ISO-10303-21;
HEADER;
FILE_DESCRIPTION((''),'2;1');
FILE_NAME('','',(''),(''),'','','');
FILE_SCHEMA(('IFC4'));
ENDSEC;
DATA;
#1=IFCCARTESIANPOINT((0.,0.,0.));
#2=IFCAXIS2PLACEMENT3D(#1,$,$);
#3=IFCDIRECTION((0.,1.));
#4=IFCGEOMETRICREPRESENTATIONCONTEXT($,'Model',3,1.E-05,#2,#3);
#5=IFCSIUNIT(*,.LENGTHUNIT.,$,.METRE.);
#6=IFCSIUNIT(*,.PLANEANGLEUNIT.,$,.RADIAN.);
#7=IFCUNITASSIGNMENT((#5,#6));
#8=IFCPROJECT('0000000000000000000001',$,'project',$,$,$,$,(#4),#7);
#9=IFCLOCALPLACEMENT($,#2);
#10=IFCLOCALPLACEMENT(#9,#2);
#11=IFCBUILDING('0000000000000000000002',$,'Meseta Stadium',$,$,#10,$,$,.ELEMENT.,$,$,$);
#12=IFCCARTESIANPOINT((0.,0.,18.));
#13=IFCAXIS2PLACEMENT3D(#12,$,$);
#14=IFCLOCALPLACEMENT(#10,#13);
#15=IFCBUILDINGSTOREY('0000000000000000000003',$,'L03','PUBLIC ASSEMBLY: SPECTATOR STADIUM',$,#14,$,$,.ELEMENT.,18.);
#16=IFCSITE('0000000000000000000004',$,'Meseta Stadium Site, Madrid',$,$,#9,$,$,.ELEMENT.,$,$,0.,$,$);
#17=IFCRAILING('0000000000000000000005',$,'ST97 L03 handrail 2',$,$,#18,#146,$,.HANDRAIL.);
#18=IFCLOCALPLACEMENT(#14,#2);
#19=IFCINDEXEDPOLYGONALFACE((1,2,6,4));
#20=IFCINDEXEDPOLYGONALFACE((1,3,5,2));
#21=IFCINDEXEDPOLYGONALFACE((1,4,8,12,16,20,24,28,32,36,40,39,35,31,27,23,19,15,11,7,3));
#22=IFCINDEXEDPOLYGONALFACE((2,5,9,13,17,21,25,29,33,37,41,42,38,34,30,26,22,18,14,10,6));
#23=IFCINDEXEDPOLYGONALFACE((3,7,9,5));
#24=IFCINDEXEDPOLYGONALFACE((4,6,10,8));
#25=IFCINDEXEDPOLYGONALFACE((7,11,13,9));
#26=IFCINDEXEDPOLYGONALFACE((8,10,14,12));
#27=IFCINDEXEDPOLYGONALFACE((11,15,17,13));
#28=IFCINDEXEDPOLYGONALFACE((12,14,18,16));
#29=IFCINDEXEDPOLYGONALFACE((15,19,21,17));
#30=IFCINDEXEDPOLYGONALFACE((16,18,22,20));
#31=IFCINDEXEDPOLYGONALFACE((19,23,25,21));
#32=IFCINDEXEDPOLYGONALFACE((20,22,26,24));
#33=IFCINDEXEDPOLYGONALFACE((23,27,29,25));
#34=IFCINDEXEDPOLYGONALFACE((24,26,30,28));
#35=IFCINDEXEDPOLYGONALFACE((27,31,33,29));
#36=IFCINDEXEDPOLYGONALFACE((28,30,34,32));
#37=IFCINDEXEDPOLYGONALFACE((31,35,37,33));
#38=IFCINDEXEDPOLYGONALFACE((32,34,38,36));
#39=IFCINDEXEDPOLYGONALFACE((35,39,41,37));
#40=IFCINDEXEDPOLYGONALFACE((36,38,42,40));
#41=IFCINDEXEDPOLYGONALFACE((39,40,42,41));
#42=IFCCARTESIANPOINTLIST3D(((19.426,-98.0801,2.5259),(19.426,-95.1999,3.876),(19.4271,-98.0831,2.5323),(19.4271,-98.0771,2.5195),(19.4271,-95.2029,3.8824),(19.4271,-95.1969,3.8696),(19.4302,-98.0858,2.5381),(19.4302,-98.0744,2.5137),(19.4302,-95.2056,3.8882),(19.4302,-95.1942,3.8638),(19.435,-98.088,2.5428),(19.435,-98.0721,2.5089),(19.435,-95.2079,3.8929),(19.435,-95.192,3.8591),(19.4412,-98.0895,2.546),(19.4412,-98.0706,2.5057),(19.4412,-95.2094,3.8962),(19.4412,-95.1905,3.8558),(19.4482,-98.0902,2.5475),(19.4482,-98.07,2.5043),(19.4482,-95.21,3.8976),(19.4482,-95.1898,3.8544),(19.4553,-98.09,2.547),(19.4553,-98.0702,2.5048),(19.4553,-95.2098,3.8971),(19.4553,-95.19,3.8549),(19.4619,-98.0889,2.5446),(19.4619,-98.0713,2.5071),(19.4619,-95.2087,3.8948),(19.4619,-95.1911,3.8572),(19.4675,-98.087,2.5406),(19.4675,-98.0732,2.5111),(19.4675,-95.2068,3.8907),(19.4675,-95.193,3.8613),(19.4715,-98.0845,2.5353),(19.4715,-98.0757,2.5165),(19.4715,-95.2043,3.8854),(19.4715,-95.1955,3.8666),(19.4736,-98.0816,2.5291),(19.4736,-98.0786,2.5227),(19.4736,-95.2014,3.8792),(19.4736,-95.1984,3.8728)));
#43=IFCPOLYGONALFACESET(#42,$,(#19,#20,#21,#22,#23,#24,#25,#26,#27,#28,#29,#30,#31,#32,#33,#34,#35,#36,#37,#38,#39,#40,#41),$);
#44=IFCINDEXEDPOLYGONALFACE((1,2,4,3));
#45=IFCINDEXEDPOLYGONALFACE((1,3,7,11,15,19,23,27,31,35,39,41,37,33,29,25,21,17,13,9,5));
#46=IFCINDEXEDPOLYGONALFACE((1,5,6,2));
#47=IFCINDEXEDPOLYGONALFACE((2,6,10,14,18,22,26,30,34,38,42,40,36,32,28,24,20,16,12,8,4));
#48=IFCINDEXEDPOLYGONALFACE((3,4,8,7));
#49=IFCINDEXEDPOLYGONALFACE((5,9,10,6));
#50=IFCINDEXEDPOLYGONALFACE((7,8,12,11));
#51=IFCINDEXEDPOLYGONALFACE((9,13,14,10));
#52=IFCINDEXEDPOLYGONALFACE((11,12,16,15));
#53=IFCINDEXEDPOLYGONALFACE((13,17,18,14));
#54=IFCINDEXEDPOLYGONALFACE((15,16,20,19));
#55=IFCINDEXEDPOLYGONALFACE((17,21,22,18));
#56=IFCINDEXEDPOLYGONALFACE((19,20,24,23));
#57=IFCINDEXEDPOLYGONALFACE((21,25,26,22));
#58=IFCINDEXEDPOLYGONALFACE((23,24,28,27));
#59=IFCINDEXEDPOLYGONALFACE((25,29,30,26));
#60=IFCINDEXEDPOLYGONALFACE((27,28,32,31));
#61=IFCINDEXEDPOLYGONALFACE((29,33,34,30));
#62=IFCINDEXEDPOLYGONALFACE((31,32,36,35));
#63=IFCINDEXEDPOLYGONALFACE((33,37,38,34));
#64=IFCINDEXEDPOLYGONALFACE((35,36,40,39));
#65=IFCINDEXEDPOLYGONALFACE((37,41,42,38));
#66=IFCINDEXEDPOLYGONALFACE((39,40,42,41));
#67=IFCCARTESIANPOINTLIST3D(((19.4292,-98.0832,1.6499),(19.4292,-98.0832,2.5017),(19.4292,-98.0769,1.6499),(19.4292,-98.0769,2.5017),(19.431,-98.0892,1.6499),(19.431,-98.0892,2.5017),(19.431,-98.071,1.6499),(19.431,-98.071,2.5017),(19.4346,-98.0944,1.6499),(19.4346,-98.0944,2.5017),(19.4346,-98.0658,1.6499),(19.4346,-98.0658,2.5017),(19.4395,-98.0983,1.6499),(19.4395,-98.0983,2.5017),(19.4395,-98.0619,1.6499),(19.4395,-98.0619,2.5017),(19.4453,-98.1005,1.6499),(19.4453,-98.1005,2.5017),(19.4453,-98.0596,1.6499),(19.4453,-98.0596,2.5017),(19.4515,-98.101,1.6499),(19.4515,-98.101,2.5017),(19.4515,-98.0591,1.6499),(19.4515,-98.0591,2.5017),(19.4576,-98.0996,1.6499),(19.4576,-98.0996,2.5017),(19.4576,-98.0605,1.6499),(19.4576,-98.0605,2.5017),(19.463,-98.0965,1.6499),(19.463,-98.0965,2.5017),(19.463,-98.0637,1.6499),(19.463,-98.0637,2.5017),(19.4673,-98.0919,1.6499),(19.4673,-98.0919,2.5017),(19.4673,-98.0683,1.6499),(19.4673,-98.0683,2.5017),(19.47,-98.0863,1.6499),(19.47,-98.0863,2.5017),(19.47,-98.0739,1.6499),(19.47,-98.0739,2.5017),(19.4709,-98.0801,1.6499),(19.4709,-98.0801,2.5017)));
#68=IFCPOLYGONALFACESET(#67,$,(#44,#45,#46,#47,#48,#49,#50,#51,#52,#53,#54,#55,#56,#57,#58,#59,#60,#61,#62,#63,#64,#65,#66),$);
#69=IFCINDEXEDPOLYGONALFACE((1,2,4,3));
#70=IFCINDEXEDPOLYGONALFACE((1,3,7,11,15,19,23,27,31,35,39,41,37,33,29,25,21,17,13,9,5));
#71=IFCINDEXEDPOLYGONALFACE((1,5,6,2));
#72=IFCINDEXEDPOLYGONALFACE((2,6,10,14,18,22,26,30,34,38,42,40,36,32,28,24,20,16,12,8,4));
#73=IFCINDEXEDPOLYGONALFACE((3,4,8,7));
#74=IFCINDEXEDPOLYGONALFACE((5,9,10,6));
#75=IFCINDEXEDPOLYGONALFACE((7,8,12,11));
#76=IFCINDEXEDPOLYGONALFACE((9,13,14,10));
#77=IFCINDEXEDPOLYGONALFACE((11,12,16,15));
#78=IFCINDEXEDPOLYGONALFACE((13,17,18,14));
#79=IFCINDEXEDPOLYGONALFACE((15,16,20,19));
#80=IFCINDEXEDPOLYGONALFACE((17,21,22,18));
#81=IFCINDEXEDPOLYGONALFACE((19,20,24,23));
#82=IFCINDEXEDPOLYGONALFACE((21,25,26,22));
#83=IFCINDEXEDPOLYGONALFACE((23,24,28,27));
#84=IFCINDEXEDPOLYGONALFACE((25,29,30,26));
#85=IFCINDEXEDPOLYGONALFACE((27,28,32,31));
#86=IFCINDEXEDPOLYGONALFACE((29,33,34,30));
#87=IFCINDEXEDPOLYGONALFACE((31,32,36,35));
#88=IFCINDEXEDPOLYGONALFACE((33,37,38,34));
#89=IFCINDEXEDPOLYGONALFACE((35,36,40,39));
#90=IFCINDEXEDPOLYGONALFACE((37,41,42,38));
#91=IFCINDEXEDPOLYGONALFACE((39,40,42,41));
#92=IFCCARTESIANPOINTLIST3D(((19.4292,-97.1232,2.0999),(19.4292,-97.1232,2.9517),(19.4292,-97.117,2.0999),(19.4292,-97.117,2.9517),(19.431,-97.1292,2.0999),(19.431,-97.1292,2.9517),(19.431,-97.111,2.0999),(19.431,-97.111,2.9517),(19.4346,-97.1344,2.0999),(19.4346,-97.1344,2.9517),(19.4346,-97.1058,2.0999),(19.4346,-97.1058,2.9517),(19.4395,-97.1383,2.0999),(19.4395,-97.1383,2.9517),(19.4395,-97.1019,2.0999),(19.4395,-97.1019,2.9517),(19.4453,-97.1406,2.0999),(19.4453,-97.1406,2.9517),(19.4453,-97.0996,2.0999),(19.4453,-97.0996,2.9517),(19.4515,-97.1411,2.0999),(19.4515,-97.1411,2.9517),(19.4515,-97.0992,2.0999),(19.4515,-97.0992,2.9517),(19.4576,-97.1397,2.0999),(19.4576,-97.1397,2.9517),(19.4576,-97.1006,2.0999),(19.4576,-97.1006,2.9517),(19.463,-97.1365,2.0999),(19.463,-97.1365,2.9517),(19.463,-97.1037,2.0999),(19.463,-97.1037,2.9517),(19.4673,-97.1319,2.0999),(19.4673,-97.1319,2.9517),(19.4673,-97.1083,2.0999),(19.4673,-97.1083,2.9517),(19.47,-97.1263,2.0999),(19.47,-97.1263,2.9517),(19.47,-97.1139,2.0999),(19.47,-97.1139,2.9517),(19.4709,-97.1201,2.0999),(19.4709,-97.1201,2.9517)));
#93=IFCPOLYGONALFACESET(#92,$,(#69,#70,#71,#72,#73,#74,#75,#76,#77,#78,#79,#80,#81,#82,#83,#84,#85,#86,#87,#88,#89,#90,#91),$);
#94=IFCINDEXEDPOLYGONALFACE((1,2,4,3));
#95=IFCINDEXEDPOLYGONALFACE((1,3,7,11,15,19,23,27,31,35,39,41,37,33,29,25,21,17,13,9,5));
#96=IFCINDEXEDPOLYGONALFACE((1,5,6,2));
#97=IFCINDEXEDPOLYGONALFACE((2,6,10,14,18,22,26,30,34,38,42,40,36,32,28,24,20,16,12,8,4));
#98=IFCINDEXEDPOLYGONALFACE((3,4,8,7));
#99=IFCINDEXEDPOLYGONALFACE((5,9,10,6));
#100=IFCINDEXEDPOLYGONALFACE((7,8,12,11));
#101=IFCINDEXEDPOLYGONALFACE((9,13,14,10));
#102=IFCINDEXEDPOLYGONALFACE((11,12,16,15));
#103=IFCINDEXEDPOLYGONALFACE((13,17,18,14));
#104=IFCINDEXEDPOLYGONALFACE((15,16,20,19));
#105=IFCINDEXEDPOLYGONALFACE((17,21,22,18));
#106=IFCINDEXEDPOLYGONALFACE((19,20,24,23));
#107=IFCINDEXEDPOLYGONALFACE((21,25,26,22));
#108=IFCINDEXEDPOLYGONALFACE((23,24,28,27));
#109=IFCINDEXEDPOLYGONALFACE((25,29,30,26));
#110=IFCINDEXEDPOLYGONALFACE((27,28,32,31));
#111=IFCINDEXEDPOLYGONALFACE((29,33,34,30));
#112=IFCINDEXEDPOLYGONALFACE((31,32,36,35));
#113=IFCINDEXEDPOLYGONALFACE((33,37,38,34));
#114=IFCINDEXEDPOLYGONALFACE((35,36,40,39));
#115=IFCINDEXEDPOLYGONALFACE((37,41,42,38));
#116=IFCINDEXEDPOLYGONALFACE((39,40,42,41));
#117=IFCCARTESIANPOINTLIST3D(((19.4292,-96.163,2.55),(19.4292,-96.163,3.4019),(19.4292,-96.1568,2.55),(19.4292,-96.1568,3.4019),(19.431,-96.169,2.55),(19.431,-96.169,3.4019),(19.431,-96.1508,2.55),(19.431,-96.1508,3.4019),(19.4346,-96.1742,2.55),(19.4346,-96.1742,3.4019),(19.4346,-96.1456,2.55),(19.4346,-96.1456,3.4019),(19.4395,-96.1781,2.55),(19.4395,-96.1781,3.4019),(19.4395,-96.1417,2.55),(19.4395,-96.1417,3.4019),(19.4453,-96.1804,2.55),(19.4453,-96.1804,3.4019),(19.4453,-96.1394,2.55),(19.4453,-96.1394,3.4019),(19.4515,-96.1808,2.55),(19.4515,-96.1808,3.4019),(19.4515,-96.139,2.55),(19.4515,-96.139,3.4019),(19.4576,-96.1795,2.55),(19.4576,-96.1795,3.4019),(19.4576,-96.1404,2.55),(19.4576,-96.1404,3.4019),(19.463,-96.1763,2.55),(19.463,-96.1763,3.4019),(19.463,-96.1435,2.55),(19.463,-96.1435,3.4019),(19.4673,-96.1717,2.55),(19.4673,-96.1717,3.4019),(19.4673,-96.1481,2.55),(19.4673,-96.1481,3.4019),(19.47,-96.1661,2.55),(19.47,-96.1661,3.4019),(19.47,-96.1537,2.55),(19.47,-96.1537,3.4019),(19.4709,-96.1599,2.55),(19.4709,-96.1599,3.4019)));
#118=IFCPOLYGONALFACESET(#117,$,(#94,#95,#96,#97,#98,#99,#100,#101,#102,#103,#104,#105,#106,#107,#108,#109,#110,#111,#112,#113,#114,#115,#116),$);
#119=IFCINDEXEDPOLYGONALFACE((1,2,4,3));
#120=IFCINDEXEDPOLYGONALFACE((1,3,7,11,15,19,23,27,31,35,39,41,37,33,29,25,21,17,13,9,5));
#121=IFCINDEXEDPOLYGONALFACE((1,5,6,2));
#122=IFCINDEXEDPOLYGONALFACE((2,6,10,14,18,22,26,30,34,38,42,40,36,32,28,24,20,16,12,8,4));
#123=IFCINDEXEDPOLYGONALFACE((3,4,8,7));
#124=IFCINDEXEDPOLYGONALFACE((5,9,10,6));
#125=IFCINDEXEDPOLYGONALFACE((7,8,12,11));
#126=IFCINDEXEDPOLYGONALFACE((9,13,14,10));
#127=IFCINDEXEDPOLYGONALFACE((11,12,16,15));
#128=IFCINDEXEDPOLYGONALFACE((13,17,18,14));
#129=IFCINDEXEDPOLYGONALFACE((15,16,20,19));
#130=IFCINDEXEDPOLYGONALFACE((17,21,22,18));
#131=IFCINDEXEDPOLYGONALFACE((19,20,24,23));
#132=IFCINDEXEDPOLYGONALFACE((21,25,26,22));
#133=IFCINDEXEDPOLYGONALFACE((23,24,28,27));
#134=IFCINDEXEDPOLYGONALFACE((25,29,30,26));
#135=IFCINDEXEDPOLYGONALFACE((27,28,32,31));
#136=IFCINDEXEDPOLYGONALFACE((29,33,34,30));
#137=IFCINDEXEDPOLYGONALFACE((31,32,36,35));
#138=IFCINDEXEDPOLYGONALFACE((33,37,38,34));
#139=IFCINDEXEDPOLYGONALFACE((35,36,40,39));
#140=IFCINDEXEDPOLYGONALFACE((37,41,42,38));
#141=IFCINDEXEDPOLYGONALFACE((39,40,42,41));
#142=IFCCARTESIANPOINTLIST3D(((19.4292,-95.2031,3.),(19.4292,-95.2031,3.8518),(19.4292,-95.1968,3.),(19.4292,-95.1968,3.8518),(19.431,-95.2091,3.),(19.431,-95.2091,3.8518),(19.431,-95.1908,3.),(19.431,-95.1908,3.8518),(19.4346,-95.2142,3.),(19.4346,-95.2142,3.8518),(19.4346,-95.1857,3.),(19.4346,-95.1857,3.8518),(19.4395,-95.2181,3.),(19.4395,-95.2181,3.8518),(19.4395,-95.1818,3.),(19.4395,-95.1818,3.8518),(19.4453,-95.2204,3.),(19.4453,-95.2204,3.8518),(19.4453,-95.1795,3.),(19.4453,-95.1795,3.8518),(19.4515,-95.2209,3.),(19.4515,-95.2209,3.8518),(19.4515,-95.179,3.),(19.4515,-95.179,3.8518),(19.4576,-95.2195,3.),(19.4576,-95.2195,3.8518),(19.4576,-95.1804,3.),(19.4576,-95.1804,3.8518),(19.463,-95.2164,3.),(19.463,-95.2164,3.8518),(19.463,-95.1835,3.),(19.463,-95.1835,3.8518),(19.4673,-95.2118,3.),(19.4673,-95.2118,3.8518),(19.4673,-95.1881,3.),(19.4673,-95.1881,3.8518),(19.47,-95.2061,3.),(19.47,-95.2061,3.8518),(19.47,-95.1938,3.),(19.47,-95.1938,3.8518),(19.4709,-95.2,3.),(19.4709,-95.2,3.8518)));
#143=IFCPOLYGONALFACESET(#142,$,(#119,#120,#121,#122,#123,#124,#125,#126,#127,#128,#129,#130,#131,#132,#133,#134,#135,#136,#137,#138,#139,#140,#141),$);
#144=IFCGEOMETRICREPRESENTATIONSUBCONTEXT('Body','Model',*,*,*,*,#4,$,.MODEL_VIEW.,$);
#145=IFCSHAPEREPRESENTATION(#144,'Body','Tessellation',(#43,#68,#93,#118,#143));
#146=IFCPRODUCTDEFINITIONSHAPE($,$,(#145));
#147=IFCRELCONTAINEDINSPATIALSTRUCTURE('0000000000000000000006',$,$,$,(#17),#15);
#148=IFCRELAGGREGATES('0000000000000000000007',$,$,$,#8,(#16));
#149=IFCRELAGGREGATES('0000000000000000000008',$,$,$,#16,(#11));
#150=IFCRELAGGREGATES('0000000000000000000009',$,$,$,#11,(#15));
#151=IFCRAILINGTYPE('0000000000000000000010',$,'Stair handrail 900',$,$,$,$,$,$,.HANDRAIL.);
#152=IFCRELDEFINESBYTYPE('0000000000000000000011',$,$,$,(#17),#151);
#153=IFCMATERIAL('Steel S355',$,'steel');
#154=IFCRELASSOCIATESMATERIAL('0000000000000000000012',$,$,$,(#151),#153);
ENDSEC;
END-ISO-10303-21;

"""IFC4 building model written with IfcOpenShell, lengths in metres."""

from ifc_helpers import new_model, si_unit, direction, frame, origin, origin_2d, place, context, subcontext, project, spatial, circle, extrude, material, type_object, element, save


model = new_model("IFC4")

# Units and contexts
model_context = context("Model", 3, precision=1e-05, world=origin(), true_north=direction((0.0, 1.0)))
body_context = subcontext(model_context, "Body", "Model", "MODEL_VIEW")
ifc_project = project(units=[si_unit("LENGTHUNIT", "METRE"), si_unit("PLANEANGLEUNIT", "RADIAN")], contexts=[model_context])

# Site, building, storey
site_placement = place(None, origin())
site = spatial("IfcSite", under=ifc_project, at=site_placement, Name="Meseta Stadium Site, Madrid", CompositionType="ELEMENT", RefElevation=0.0)
building_placement = place(site_placement, origin())
building = spatial("IfcBuilding", under=site, at=building_placement, Name="Meseta Stadium", CompositionType="ELEMENT")
storey_placement = place(building_placement, frame((0.0, 0.0, 18.0)))
storey = spatial("IfcBuildingStorey", under=building, at=storey_placement, Name="L03", Description="PUBLIC ASSEMBLY: SPECTATOR STADIUM", CompositionType="ELEMENT", Elevation=18.0)

# Railing
ifc_material_1 = material(Name="Steel S355", Category="steel")
railing_type_1 = type_object("IfcRailingType", Name="Stair handrail 900", PredefinedType="HANDRAIL", material=ifc_material_1)
railing_1_placement = place(storey_placement, frame((19.45, -98.0801, 1.6499)))
element("IfcRailing", 1, at=railing_1_placement, inside=storey, type_object=railing_type_1, Name="ST97 L03 handrail 2", PredefinedType="HANDRAIL", context=body_context, shape_type="SweptSolid", body=[
    extrude(circle(Radius=0.0239, at=origin_2d()), frame((0.0, 0.0, 0.876), z_axis=(0.0, 0.905454, 0.424444), x_axis=(-1.0, 0.0, 0.0)), (0.0, 0.0, 1.0), 3.1809),
    extrude(circle(Radius=0.021, at=origin_2d()), origin(), (0.0, 0.0, 1.0), 0.8518),
    extrude(circle(Radius=0.021, at=origin_2d()), frame((0.0, 0.96, 0.45)), (0.0, 0.0, 1.0), 0.8518),
    extrude(circle(Radius=0.021, at=origin_2d()), frame((0.0, 1.9202, 0.9001)), (0.0, 0.0, 1.0), 0.8518),
    extrude(circle(Radius=0.021, at=origin_2d()), frame((0.0, 2.8801, 1.3501)), (0.0, 0.0, 1.0), 0.8518),
])

save(model, "model.ifc")
